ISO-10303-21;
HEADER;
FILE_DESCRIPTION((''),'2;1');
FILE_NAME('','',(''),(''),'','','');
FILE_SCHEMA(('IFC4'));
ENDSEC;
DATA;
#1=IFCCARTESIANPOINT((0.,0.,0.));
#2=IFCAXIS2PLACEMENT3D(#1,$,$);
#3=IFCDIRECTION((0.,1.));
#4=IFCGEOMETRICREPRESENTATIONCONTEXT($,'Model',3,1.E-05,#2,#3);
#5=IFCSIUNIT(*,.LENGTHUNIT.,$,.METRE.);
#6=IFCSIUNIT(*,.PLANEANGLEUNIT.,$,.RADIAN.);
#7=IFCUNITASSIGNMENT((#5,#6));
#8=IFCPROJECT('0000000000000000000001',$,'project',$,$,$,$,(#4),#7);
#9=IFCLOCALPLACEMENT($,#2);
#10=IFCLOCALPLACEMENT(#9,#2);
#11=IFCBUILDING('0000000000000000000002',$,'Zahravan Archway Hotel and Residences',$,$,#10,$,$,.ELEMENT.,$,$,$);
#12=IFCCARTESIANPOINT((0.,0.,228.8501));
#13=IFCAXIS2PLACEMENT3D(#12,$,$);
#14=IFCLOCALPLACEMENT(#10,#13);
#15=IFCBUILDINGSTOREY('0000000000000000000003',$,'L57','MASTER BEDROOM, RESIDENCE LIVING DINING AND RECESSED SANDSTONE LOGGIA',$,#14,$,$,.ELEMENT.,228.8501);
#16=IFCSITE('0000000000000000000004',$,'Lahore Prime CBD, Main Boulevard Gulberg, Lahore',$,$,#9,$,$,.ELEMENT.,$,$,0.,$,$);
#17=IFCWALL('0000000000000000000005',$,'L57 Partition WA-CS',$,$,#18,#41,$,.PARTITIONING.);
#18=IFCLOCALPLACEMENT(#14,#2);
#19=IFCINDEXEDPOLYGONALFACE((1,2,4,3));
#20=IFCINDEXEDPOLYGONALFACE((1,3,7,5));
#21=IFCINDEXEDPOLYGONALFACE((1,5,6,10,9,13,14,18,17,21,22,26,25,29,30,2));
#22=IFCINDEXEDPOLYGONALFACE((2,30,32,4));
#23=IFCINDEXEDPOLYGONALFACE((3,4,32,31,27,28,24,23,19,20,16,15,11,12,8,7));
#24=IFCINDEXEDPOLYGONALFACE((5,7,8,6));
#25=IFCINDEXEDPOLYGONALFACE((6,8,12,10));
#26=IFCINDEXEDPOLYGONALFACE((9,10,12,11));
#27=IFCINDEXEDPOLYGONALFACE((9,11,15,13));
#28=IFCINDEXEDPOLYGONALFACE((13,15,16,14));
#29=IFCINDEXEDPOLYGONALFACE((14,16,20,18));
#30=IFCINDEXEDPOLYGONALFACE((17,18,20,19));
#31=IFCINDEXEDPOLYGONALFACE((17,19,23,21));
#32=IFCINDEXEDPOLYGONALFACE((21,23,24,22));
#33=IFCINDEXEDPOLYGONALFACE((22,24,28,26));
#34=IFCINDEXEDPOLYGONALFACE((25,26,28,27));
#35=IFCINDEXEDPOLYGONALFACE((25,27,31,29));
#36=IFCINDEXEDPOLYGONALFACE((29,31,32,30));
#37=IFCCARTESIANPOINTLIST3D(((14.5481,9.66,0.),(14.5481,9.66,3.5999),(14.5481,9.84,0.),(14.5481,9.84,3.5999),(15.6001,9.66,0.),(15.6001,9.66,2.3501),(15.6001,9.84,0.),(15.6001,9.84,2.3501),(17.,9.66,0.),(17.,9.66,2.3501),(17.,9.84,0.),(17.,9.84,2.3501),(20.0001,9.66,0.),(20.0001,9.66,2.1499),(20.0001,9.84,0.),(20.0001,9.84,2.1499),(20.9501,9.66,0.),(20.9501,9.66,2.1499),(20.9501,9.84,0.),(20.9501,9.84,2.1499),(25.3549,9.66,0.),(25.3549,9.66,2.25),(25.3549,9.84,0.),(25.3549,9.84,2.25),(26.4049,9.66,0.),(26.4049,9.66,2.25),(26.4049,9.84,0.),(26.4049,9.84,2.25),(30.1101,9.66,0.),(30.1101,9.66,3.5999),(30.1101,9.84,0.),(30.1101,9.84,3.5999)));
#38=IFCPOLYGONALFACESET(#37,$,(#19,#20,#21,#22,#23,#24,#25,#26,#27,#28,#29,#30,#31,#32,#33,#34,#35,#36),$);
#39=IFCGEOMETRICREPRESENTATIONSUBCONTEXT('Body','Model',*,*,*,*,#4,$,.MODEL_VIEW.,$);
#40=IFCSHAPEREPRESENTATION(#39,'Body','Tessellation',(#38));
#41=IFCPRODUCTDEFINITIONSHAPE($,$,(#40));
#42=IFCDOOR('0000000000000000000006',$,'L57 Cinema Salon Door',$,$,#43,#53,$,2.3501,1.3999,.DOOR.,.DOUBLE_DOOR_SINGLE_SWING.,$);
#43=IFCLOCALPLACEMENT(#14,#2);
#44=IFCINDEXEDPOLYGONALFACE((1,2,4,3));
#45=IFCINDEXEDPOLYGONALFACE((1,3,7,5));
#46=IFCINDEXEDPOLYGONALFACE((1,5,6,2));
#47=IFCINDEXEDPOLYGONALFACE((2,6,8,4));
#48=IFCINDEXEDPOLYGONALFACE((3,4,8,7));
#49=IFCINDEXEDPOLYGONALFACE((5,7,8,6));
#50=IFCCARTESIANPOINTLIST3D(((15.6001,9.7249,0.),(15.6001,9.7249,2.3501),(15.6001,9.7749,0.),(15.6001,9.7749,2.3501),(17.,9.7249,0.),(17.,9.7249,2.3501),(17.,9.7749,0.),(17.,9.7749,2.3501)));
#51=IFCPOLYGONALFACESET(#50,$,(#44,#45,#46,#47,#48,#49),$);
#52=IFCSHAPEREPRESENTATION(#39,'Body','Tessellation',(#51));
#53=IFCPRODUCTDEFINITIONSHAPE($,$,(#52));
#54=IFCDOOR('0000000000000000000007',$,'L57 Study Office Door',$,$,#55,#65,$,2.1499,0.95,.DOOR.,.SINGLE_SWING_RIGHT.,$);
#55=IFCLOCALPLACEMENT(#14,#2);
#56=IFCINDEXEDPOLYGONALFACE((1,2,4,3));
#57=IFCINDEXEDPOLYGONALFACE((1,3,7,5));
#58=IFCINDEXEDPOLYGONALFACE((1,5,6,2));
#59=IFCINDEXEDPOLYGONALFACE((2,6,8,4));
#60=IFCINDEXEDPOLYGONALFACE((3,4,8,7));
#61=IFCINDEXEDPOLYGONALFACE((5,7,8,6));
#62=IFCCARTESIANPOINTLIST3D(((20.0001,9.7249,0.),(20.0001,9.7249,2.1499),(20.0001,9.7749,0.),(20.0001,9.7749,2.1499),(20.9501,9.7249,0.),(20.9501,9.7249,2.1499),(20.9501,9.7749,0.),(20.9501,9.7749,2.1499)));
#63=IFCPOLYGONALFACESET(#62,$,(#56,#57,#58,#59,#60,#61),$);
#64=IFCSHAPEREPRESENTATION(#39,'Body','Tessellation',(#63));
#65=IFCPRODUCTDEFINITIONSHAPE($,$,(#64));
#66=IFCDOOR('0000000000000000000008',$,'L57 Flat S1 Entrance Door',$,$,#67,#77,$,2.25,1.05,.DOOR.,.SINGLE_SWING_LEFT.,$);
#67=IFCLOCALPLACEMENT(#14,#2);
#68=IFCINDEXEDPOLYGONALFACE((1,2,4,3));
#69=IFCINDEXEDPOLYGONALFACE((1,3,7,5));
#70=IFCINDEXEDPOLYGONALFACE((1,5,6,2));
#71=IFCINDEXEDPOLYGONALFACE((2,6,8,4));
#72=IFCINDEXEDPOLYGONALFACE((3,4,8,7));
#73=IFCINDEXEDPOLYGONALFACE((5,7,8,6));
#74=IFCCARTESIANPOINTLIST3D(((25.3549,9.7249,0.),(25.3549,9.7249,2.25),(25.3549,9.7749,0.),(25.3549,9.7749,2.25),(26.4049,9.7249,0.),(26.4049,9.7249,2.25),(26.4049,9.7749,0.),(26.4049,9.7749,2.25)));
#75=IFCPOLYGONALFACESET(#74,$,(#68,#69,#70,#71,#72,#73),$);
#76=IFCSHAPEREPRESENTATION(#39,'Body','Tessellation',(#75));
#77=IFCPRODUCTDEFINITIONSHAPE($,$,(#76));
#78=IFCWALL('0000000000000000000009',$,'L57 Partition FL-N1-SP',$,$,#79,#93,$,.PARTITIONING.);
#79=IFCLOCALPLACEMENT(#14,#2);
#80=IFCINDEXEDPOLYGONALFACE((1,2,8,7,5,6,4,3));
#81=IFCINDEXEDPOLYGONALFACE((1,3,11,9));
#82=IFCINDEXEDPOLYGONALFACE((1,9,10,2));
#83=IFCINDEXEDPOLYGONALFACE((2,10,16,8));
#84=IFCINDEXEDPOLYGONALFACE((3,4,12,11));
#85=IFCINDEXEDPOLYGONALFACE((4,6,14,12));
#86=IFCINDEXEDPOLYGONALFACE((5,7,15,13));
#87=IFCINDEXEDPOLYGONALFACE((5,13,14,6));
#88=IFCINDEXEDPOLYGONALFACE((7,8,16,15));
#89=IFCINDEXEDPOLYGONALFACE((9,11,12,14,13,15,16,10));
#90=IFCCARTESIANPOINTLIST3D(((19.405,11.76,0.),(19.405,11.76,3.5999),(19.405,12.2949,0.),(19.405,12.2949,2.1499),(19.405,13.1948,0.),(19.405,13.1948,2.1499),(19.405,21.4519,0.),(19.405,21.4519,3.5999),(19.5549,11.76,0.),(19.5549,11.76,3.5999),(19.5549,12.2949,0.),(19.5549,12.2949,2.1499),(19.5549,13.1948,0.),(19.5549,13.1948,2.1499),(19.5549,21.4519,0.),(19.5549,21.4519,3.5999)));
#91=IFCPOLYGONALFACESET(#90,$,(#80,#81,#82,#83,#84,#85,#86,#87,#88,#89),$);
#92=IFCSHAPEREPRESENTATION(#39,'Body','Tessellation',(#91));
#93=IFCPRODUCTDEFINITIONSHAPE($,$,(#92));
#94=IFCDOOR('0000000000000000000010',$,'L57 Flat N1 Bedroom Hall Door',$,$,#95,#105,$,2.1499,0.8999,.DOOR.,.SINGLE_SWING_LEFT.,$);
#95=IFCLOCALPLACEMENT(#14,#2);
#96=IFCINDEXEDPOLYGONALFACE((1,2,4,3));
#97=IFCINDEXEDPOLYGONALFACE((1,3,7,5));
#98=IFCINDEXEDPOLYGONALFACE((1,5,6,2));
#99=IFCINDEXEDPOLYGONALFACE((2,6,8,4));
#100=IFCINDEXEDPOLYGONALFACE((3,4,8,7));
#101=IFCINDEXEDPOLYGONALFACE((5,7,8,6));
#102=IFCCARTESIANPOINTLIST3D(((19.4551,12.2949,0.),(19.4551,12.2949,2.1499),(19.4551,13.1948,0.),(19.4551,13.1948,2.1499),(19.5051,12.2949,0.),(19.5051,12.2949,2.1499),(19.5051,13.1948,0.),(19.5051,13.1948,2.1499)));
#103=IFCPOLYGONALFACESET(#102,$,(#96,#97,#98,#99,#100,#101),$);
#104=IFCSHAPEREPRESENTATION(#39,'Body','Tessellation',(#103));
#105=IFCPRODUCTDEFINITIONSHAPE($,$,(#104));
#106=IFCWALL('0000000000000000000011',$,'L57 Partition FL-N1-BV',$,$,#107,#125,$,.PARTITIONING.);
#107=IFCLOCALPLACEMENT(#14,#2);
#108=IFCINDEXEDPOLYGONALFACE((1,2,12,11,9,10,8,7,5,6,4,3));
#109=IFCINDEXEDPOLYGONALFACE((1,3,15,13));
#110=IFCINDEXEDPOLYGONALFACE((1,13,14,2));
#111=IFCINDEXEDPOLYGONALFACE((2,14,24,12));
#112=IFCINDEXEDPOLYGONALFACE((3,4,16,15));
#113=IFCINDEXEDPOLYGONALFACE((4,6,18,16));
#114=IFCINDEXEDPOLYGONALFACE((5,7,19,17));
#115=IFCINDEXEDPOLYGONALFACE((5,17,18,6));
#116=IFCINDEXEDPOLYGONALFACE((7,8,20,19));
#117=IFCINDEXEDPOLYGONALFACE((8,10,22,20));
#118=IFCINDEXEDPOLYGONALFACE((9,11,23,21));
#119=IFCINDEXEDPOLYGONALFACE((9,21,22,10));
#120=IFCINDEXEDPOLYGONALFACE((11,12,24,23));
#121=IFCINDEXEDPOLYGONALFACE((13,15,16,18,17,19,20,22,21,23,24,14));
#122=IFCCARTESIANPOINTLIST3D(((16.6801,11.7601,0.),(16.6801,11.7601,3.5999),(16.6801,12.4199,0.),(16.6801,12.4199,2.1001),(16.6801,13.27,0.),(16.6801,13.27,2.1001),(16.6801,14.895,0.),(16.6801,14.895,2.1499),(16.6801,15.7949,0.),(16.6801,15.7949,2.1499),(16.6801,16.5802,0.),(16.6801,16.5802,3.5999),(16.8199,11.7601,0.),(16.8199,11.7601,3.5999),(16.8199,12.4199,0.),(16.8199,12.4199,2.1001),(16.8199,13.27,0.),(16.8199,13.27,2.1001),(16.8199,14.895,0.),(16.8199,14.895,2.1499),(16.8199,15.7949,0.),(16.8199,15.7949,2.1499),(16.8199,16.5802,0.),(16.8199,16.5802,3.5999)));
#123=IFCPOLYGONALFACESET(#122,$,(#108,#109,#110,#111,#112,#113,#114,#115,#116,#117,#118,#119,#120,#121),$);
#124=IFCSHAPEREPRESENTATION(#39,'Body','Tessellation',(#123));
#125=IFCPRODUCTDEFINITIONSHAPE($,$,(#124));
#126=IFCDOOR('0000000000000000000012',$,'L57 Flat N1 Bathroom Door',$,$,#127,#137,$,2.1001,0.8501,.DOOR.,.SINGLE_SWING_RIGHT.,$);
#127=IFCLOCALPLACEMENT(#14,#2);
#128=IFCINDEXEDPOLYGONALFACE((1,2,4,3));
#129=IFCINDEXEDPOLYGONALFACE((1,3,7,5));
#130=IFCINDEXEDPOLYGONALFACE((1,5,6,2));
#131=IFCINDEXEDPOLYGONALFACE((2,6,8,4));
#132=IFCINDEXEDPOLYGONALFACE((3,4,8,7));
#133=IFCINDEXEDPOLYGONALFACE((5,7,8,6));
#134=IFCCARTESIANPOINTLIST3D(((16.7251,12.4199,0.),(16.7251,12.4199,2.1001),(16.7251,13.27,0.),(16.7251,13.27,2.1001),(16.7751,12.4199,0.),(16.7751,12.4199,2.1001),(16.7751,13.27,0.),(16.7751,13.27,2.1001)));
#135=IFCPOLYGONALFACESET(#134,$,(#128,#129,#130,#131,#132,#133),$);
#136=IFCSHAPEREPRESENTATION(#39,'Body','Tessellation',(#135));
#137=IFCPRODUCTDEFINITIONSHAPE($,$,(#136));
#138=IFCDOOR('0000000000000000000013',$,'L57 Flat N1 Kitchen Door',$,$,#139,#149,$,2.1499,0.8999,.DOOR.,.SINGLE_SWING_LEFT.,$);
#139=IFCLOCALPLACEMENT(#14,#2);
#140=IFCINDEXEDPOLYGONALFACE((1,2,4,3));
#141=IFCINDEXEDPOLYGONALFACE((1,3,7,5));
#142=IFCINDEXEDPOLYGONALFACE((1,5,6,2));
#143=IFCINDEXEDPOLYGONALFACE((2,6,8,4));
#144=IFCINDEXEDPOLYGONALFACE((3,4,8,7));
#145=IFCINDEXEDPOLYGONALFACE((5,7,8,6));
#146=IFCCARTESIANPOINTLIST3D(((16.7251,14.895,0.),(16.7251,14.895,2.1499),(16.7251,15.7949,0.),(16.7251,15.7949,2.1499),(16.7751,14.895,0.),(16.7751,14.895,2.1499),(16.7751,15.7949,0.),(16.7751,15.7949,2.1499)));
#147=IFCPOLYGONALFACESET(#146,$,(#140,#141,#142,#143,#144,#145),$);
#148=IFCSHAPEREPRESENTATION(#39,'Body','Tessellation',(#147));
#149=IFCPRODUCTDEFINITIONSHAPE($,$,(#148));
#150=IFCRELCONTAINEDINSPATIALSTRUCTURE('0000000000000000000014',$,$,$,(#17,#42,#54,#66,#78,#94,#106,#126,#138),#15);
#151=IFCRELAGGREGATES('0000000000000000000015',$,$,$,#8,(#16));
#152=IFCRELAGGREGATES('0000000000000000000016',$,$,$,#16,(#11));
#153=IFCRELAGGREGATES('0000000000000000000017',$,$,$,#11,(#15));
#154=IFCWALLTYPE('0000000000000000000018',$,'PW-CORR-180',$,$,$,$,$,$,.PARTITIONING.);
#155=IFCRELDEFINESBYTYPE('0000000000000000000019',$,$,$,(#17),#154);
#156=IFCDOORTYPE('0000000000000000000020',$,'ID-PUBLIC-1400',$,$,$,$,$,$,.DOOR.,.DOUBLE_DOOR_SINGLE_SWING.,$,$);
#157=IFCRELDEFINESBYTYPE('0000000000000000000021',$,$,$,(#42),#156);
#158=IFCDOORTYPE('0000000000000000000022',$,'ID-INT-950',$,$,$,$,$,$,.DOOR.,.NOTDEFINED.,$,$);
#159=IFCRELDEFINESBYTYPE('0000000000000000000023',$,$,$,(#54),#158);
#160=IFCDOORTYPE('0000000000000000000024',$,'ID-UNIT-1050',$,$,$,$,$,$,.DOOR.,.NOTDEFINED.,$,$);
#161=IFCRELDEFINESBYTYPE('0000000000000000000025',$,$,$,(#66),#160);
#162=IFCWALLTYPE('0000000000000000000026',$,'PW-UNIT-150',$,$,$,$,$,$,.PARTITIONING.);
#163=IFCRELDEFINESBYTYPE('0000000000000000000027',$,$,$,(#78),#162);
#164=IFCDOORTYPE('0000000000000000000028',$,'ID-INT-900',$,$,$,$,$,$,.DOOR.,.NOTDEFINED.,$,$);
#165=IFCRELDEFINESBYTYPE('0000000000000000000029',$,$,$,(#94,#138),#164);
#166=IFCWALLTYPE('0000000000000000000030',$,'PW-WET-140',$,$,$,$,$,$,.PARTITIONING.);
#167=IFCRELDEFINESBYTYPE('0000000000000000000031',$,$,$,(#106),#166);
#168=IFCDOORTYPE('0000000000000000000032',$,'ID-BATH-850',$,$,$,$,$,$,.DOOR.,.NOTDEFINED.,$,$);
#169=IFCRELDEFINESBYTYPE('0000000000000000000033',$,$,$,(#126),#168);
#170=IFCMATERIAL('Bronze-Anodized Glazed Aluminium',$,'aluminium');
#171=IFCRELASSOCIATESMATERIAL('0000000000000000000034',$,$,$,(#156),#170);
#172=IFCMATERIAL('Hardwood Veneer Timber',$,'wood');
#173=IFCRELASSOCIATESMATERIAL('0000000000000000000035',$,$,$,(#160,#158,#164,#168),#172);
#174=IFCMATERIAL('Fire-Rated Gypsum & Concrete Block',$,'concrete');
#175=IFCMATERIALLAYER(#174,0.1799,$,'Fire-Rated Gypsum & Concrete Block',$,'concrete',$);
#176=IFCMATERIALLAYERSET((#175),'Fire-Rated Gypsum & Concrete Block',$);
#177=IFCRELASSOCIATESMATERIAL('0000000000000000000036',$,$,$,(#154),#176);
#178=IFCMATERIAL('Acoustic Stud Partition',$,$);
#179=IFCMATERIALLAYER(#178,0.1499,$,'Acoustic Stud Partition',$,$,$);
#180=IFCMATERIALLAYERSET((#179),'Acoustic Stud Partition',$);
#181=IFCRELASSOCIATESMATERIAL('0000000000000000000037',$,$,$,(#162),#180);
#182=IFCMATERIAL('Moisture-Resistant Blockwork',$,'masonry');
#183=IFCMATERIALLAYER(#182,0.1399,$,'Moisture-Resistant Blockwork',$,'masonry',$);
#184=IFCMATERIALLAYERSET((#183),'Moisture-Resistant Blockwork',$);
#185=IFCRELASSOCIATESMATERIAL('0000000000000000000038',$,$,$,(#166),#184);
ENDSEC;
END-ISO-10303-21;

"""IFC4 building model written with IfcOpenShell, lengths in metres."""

from ifc_helpers import new_model, si_unit, direction, frame, frame_2d, origin, place, context, subcontext, project, spatial, rectangle, extrude, source, transform, mapped, material, layer, layer_set, type_object, type_shapes, element, fill, save


model = new_model("IFC4")

# Units and contexts
model_context = context("Model", 3, precision=1e-05, world=origin(), true_north=direction((0.0, 1.0)))
body_context = subcontext(model_context, "Body", "Model", "MODEL_VIEW")
ifc_project = project(units=[si_unit("LENGTHUNIT", "METRE"), si_unit("PLANEANGLEUNIT", "RADIAN")], contexts=[model_context])

# Site, building, storey
site_placement = place(None, origin())
site = spatial("IfcSite", under=ifc_project, at=site_placement, Name="Lahore Prime CBD, Main Boulevard Gulberg, Lahore", CompositionType="ELEMENT", RefElevation=0.0)
building_placement = place(site_placement, origin())
building = spatial("IfcBuilding", under=site, at=building_placement, Name="Zahravan Archway Hotel and Residences", CompositionType="ELEMENT")
storey_placement = place(building_placement, frame((0.0, 0.0, 228.8501)))
storey = spatial("IfcBuildingStorey", under=building, at=storey_placement, Name="L57", Description="MASTER BEDROOM, RESIDENCE LIVING DINING AND RECESSED SANDSTONE LOGGIA", CompositionType="ELEMENT", Elevation=228.8501)

# Wall, openings, doors
ifc_material_1 = material(Name="Fire-Rated Gypsum & Concrete Block", Category="concrete")
ifc_material_2 = material(Name="Bronze-Anodized Glazed Aluminium", Category="aluminium")
door_type_1 = type_object("IfcDoorType", Name="ID-PUBLIC-1400", OperationType="DOUBLE_DOOR_SINGLE_SWING", PredefinedType="DOOR", material=ifc_material_2)
shared_shape_1 = source(origin(), body_context, "Body", "SweptSolid", [
    extrude(rectangle(XDim=1.3999, YDim=2.3501, at=frame_2d((0.7, 1.175))), frame((0.0, 0.0249, 0.0), z_axis=(0.0, -1.0, 0.0), x_axis=(1.0, 0.0, 0.0)), (0.0, 0.0, 1.0), 0.05),
])
type_shapes(door_type_1, [shared_shape_1])
ifc_material_3 = material(Name="Hardwood Veneer Timber", Category="wood")
door_type_2 = type_object("IfcDoorType", Name="ID-UNIT-1050", OperationType="NOTDEFINED", PredefinedType="DOOR", material=ifc_material_3)
shared_shape_2 = source(origin(), body_context, "Body", "SweptSolid", [
    extrude(rectangle(XDim=1.05, YDim=2.25, at=frame_2d((0.5249, 1.125))), frame((0.0, 0.0249, 0.0), z_axis=(0.0, -1.0, 0.0), x_axis=(1.0, 0.0, 0.0)), (0.0, 0.0, 1.0), 0.05),
])
type_shapes(door_type_2, [shared_shape_2])
ifc_layer_1 = layer(ifc_material_1, 0.1799, Name="Fire-Rated Gypsum & Concrete Block", Category="concrete")
ifc_layer_set_1 = layer_set([ifc_layer_1], Name="Fire-Rated Gypsum & Concrete Block")
wall_type_1 = type_object("IfcWallType", Name="PW-CORR-180", PredefinedType="PARTITIONING", material=ifc_layer_set_1)
wall_1_placement = place(storey_placement, frame((14.5481, 9.75, 0.0), z_axis=(0.0, 0.0, 1.0), x_axis=(1.0, 0.0, 0.0)))
wall_1 = element("IfcWall", 1, at=wall_1_placement, inside=storey, type_object=wall_type_1, Name="L57 Partition WA-CS", PredefinedType="PARTITIONING", context=body_context, shape_type="SweptSolid", body=[
    extrude(rectangle(XDim=15.562, YDim=0.1799, at=frame_2d((7.781, 0.0))), origin(), (0.0, 0.0, 1.0), 3.5999),
])
opening_1_placement = place(wall_1_placement, frame((1.052, 0.0, 0.0)))
opening_1 = element("IfcOpeningElement", 2, at=opening_1_placement, cuts=wall_1, PredefinedType="OPENING", context=body_context, shape_type="SweptSolid", body=[
    extrude(rectangle(XDim=1.3999, YDim=2.3501, at=frame_2d((0.7, 1.175))), frame((0.0, 0.1001, 0.0), z_axis=(0.0, -1.0, 0.0), x_axis=(1.0, 0.0, 0.0)), (0.0, 0.0, 1.0), 0.2),
])
opening_2_placement = place(wall_1_placement, frame((5.4519, 0.0, 0.0)))
opening_2 = element("IfcOpeningElement", 3, at=opening_2_placement, cuts=wall_1, PredefinedType="OPENING", context=body_context, shape_type="SweptSolid", body=[
    extrude(rectangle(XDim=0.95, YDim=2.1499, at=frame_2d((0.4751, 1.075))), frame((0.0, 0.1001, 0.0), z_axis=(0.0, -1.0, 0.0), x_axis=(1.0, 0.0, 0.0)), (0.0, 0.0, 1.0), 0.2),
])
opening_3_placement = place(wall_1_placement, frame((10.8069, 0.0, 0.0)))
opening_3 = element("IfcOpeningElement", 4, at=opening_3_placement, cuts=wall_1, PredefinedType="OPENING", context=body_context, shape_type="SweptSolid", body=[
    extrude(rectangle(XDim=1.05, YDim=2.25, at=frame_2d((0.5249, 1.125))), frame((0.0, 0.1001, 0.0), z_axis=(0.0, -1.0, 0.0), x_axis=(1.0, 0.0, 0.0)), (0.0, 0.0, 1.0), 0.2),
])
door_1_placement = place(opening_1_placement, origin())
door_1 = element("IfcDoor", 5, at=door_1_placement, inside=storey, type_object=door_type_1, Name="L57 Cinema Salon Door", OperationType="DOUBLE_DOOR_SINGLE_SWING", OverallHeight=2.3501, OverallWidth=1.3999, PredefinedType="DOOR", context=body_context, shape_type="MappedRepresentation", body=[
    mapped(shared_shape_1, transform((0.0, 0.0, 0.0), scale=1.0)),
])
fill(opening_1, door_1)
door_type_3 = type_object("IfcDoorType", Name="ID-INT-950", OperationType="NOTDEFINED", PredefinedType="DOOR", material=ifc_material_3)
shared_shape_3 = source(origin(), body_context, "Body", "SweptSolid", [
    extrude(rectangle(XDim=0.95, YDim=2.1499, at=frame_2d((0.4751, 1.075))), frame((0.0, 0.0249, 0.0), z_axis=(0.0, -1.0, 0.0), x_axis=(1.0, 0.0, 0.0)), (0.0, 0.0, 1.0), 0.05),
])
type_shapes(door_type_3, [shared_shape_3])
door_2_placement = place(opening_2_placement, origin())
door_2 = element("IfcDoor", 6, at=door_2_placement, inside=storey, type_object=door_type_3, Name="L57 Study Office Door", OperationType="SINGLE_SWING_RIGHT", OverallHeight=2.1499, OverallWidth=0.95, PredefinedType="DOOR", context=body_context, shape_type="MappedRepresentation", body=[
    mapped(shared_shape_3, transform((0.0, 0.0, 0.0), scale=1.0)),
])
fill(opening_2, door_2)
door_3_placement = place(opening_3_placement, origin())
door_3 = element("IfcDoor", 7, at=door_3_placement, inside=storey, type_object=door_type_2, Name="L57 Flat S1 Entrance Door", OperationType="SINGLE_SWING_LEFT", OverallHeight=2.25, OverallWidth=1.05, PredefinedType="DOOR", context=body_context, shape_type="MappedRepresentation", body=[
    mapped(shared_shape_2, transform((0.0, 0.0, 0.0), scale=1.0)),
])
fill(opening_3, door_3)

# Wall, opening, door
ifc_material_4 = material(Name="Acoustic Stud Partition")
ifc_layer_2 = layer(ifc_material_4, 0.1499, Name="Acoustic Stud Partition")
ifc_layer_set_2 = layer_set([ifc_layer_2], Name="Acoustic Stud Partition")
wall_type_2 = type_object("IfcWallType", Name="PW-UNIT-150", PredefinedType="PARTITIONING", material=ifc_layer_set_2)
wall_2_placement = place(storey_placement, frame((19.48, 11.76, 0.0), z_axis=(0.0, 0.0, 1.0), x_axis=(0.0, 1.0, 0.0)))
wall_2 = element("IfcWall", 8, at=wall_2_placement, inside=storey, type_object=wall_type_2, Name="L57 Partition FL-N1-SP", PredefinedType="PARTITIONING", context=body_context, shape_type="SweptSolid", body=[
    extrude(rectangle(XDim=9.6919, YDim=0.1499, at=frame_2d((4.8459, 0.0))), origin(), (0.0, 0.0, 1.0), 3.5999),
])
opening_4_placement = place(wall_2_placement, frame((0.5349, 0.0, 0.0)))
opening_4 = element("IfcOpeningElement", 9, at=opening_4_placement, cuts=wall_2, PredefinedType="OPENING", context=body_context, shape_type="SweptSolid", body=[
    extrude(rectangle(XDim=0.8999, YDim=2.1499, at=frame_2d((0.45, 1.075))), frame((0.0, 0.085, 0.0), z_axis=(0.0, -1.0, 0.0), x_axis=(1.0, 0.0, 0.0)), (0.0, 0.0, 1.0), 0.1699),
])
door_type_4 = type_object("IfcDoorType", Name="ID-INT-900", OperationType="NOTDEFINED", PredefinedType="DOOR", material=ifc_material_3)
shared_shape_4 = source(origin(), body_context, "Body", "SweptSolid", [
    extrude(rectangle(XDim=0.8999, YDim=2.1499, at=frame_2d((0.45, 1.075))), frame((0.0, 0.0249, 0.0), z_axis=(0.0, -1.0, 0.0), x_axis=(1.0, 0.0, 0.0)), (0.0, 0.0, 1.0), 0.05),
])
type_shapes(door_type_4, [shared_shape_4])
door_4_placement = place(opening_4_placement, origin())
door_4 = element("IfcDoor", 10, at=door_4_placement, inside=storey, type_object=door_type_4, Name="L57 Flat N1 Bedroom Hall Door", OperationType="SINGLE_SWING_LEFT", OverallHeight=2.1499, OverallWidth=0.8999, PredefinedType="DOOR", context=body_context, shape_type="MappedRepresentation", body=[
    mapped(shared_shape_4, transform((0.0, 0.0, 0.0), scale=1.0)),
])
fill(opening_4, door_4)

# Wall, openings, doors
ifc_material_5 = material(Name="Moisture-Resistant Blockwork", Category="masonry")
ifc_layer_3 = layer(ifc_material_5, 0.1399, Name="Moisture-Resistant Blockwork", Category="masonry")
ifc_layer_set_3 = layer_set([ifc_layer_3], Name="Moisture-Resistant Blockwork")
wall_type_3 = type_object("IfcWallType", Name="PW-WET-140", PredefinedType="PARTITIONING", material=ifc_layer_set_3)
wall_3_placement = place(storey_placement, frame((16.75, 11.76, 0.0), z_axis=(0.0, 0.0, 1.0), x_axis=(0.0, 1.0, 0.0)))
wall_3 = element("IfcWall", 11, at=wall_3_placement, inside=storey, type_object=wall_type_3, Name="L57 Partition FL-N1-BV", PredefinedType="PARTITIONING", context=body_context, shape_type="SweptSolid", body=[
    extrude(rectangle(XDim=4.8201, YDim=0.1399, at=frame_2d((2.4102, 0.0))), origin(), (0.0, 0.0, 1.0), 3.5999),
])
opening_5_placement = place(wall_3_placement, frame((0.6599, 0.0, 0.0)))
opening_5 = element("IfcOpeningElement", 12, at=opening_5_placement, cuts=wall_3, PredefinedType="OPENING", context=body_context, shape_type="SweptSolid", body=[
    extrude(rectangle(XDim=0.8501, YDim=2.1001, at=frame_2d((0.425, 1.05))), frame((0.0, 0.0801, 0.0), z_axis=(0.0, -1.0, 0.0), x_axis=(1.0, 0.0, 0.0)), (0.0, 0.0, 1.0), 0.1599),
])
opening_6_placement = place(wall_3_placement, frame((3.135, 0.0, 0.0)))
opening_6 = element("IfcOpeningElement", 13, at=opening_6_placement, cuts=wall_3, PredefinedType="OPENING", context=body_context, shape_type="SweptSolid", body=[
    extrude(rectangle(XDim=0.8999, YDim=2.1499, at=frame_2d((0.45, 1.075))), frame((0.0, 0.0801, 0.0), z_axis=(0.0, -1.0, 0.0), x_axis=(1.0, 0.0, 0.0)), (0.0, 0.0, 1.0), 0.1599),
])
door_type_5 = type_object("IfcDoorType", Name="ID-BATH-850", OperationType="NOTDEFINED", PredefinedType="DOOR", material=ifc_material_3)
shared_shape_5 = source(origin(), body_context, "Body", "SweptSolid", [
    extrude(rectangle(XDim=0.8501, YDim=2.1001, at=frame_2d((0.425, 1.05))), frame((0.0, 0.0249, 0.0), z_axis=(0.0, -1.0, 0.0), x_axis=(1.0, 0.0, 0.0)), (0.0, 0.0, 1.0), 0.05),
])
type_shapes(door_type_5, [shared_shape_5])
door_5_placement = place(opening_5_placement, origin())
door_5 = element("IfcDoor", 14, at=door_5_placement, inside=storey, type_object=door_type_5, Name="L57 Flat N1 Bathroom Door", OperationType="SINGLE_SWING_RIGHT", OverallHeight=2.1001, OverallWidth=0.8501, PredefinedType="DOOR", context=body_context, shape_type="MappedRepresentation", body=[
    mapped(shared_shape_5, transform((0.0, 0.0, 0.0), scale=1.0)),
])
fill(opening_5, door_5)
door_6_placement = place(opening_6_placement, origin())
door_6 = element("IfcDoor", 15, at=door_6_placement, inside=storey, type_object=door_type_4, Name="L57 Flat N1 Kitchen Door", OperationType="SINGLE_SWING_LEFT", OverallHeight=2.1499, OverallWidth=0.8999, PredefinedType="DOOR", context=body_context, shape_type="MappedRepresentation", body=[
    mapped(shared_shape_4, transform((0.0, 0.0, 0.0), scale=1.0)),
])
fill(opening_6, door_6)

save(model, "model.ifc")
